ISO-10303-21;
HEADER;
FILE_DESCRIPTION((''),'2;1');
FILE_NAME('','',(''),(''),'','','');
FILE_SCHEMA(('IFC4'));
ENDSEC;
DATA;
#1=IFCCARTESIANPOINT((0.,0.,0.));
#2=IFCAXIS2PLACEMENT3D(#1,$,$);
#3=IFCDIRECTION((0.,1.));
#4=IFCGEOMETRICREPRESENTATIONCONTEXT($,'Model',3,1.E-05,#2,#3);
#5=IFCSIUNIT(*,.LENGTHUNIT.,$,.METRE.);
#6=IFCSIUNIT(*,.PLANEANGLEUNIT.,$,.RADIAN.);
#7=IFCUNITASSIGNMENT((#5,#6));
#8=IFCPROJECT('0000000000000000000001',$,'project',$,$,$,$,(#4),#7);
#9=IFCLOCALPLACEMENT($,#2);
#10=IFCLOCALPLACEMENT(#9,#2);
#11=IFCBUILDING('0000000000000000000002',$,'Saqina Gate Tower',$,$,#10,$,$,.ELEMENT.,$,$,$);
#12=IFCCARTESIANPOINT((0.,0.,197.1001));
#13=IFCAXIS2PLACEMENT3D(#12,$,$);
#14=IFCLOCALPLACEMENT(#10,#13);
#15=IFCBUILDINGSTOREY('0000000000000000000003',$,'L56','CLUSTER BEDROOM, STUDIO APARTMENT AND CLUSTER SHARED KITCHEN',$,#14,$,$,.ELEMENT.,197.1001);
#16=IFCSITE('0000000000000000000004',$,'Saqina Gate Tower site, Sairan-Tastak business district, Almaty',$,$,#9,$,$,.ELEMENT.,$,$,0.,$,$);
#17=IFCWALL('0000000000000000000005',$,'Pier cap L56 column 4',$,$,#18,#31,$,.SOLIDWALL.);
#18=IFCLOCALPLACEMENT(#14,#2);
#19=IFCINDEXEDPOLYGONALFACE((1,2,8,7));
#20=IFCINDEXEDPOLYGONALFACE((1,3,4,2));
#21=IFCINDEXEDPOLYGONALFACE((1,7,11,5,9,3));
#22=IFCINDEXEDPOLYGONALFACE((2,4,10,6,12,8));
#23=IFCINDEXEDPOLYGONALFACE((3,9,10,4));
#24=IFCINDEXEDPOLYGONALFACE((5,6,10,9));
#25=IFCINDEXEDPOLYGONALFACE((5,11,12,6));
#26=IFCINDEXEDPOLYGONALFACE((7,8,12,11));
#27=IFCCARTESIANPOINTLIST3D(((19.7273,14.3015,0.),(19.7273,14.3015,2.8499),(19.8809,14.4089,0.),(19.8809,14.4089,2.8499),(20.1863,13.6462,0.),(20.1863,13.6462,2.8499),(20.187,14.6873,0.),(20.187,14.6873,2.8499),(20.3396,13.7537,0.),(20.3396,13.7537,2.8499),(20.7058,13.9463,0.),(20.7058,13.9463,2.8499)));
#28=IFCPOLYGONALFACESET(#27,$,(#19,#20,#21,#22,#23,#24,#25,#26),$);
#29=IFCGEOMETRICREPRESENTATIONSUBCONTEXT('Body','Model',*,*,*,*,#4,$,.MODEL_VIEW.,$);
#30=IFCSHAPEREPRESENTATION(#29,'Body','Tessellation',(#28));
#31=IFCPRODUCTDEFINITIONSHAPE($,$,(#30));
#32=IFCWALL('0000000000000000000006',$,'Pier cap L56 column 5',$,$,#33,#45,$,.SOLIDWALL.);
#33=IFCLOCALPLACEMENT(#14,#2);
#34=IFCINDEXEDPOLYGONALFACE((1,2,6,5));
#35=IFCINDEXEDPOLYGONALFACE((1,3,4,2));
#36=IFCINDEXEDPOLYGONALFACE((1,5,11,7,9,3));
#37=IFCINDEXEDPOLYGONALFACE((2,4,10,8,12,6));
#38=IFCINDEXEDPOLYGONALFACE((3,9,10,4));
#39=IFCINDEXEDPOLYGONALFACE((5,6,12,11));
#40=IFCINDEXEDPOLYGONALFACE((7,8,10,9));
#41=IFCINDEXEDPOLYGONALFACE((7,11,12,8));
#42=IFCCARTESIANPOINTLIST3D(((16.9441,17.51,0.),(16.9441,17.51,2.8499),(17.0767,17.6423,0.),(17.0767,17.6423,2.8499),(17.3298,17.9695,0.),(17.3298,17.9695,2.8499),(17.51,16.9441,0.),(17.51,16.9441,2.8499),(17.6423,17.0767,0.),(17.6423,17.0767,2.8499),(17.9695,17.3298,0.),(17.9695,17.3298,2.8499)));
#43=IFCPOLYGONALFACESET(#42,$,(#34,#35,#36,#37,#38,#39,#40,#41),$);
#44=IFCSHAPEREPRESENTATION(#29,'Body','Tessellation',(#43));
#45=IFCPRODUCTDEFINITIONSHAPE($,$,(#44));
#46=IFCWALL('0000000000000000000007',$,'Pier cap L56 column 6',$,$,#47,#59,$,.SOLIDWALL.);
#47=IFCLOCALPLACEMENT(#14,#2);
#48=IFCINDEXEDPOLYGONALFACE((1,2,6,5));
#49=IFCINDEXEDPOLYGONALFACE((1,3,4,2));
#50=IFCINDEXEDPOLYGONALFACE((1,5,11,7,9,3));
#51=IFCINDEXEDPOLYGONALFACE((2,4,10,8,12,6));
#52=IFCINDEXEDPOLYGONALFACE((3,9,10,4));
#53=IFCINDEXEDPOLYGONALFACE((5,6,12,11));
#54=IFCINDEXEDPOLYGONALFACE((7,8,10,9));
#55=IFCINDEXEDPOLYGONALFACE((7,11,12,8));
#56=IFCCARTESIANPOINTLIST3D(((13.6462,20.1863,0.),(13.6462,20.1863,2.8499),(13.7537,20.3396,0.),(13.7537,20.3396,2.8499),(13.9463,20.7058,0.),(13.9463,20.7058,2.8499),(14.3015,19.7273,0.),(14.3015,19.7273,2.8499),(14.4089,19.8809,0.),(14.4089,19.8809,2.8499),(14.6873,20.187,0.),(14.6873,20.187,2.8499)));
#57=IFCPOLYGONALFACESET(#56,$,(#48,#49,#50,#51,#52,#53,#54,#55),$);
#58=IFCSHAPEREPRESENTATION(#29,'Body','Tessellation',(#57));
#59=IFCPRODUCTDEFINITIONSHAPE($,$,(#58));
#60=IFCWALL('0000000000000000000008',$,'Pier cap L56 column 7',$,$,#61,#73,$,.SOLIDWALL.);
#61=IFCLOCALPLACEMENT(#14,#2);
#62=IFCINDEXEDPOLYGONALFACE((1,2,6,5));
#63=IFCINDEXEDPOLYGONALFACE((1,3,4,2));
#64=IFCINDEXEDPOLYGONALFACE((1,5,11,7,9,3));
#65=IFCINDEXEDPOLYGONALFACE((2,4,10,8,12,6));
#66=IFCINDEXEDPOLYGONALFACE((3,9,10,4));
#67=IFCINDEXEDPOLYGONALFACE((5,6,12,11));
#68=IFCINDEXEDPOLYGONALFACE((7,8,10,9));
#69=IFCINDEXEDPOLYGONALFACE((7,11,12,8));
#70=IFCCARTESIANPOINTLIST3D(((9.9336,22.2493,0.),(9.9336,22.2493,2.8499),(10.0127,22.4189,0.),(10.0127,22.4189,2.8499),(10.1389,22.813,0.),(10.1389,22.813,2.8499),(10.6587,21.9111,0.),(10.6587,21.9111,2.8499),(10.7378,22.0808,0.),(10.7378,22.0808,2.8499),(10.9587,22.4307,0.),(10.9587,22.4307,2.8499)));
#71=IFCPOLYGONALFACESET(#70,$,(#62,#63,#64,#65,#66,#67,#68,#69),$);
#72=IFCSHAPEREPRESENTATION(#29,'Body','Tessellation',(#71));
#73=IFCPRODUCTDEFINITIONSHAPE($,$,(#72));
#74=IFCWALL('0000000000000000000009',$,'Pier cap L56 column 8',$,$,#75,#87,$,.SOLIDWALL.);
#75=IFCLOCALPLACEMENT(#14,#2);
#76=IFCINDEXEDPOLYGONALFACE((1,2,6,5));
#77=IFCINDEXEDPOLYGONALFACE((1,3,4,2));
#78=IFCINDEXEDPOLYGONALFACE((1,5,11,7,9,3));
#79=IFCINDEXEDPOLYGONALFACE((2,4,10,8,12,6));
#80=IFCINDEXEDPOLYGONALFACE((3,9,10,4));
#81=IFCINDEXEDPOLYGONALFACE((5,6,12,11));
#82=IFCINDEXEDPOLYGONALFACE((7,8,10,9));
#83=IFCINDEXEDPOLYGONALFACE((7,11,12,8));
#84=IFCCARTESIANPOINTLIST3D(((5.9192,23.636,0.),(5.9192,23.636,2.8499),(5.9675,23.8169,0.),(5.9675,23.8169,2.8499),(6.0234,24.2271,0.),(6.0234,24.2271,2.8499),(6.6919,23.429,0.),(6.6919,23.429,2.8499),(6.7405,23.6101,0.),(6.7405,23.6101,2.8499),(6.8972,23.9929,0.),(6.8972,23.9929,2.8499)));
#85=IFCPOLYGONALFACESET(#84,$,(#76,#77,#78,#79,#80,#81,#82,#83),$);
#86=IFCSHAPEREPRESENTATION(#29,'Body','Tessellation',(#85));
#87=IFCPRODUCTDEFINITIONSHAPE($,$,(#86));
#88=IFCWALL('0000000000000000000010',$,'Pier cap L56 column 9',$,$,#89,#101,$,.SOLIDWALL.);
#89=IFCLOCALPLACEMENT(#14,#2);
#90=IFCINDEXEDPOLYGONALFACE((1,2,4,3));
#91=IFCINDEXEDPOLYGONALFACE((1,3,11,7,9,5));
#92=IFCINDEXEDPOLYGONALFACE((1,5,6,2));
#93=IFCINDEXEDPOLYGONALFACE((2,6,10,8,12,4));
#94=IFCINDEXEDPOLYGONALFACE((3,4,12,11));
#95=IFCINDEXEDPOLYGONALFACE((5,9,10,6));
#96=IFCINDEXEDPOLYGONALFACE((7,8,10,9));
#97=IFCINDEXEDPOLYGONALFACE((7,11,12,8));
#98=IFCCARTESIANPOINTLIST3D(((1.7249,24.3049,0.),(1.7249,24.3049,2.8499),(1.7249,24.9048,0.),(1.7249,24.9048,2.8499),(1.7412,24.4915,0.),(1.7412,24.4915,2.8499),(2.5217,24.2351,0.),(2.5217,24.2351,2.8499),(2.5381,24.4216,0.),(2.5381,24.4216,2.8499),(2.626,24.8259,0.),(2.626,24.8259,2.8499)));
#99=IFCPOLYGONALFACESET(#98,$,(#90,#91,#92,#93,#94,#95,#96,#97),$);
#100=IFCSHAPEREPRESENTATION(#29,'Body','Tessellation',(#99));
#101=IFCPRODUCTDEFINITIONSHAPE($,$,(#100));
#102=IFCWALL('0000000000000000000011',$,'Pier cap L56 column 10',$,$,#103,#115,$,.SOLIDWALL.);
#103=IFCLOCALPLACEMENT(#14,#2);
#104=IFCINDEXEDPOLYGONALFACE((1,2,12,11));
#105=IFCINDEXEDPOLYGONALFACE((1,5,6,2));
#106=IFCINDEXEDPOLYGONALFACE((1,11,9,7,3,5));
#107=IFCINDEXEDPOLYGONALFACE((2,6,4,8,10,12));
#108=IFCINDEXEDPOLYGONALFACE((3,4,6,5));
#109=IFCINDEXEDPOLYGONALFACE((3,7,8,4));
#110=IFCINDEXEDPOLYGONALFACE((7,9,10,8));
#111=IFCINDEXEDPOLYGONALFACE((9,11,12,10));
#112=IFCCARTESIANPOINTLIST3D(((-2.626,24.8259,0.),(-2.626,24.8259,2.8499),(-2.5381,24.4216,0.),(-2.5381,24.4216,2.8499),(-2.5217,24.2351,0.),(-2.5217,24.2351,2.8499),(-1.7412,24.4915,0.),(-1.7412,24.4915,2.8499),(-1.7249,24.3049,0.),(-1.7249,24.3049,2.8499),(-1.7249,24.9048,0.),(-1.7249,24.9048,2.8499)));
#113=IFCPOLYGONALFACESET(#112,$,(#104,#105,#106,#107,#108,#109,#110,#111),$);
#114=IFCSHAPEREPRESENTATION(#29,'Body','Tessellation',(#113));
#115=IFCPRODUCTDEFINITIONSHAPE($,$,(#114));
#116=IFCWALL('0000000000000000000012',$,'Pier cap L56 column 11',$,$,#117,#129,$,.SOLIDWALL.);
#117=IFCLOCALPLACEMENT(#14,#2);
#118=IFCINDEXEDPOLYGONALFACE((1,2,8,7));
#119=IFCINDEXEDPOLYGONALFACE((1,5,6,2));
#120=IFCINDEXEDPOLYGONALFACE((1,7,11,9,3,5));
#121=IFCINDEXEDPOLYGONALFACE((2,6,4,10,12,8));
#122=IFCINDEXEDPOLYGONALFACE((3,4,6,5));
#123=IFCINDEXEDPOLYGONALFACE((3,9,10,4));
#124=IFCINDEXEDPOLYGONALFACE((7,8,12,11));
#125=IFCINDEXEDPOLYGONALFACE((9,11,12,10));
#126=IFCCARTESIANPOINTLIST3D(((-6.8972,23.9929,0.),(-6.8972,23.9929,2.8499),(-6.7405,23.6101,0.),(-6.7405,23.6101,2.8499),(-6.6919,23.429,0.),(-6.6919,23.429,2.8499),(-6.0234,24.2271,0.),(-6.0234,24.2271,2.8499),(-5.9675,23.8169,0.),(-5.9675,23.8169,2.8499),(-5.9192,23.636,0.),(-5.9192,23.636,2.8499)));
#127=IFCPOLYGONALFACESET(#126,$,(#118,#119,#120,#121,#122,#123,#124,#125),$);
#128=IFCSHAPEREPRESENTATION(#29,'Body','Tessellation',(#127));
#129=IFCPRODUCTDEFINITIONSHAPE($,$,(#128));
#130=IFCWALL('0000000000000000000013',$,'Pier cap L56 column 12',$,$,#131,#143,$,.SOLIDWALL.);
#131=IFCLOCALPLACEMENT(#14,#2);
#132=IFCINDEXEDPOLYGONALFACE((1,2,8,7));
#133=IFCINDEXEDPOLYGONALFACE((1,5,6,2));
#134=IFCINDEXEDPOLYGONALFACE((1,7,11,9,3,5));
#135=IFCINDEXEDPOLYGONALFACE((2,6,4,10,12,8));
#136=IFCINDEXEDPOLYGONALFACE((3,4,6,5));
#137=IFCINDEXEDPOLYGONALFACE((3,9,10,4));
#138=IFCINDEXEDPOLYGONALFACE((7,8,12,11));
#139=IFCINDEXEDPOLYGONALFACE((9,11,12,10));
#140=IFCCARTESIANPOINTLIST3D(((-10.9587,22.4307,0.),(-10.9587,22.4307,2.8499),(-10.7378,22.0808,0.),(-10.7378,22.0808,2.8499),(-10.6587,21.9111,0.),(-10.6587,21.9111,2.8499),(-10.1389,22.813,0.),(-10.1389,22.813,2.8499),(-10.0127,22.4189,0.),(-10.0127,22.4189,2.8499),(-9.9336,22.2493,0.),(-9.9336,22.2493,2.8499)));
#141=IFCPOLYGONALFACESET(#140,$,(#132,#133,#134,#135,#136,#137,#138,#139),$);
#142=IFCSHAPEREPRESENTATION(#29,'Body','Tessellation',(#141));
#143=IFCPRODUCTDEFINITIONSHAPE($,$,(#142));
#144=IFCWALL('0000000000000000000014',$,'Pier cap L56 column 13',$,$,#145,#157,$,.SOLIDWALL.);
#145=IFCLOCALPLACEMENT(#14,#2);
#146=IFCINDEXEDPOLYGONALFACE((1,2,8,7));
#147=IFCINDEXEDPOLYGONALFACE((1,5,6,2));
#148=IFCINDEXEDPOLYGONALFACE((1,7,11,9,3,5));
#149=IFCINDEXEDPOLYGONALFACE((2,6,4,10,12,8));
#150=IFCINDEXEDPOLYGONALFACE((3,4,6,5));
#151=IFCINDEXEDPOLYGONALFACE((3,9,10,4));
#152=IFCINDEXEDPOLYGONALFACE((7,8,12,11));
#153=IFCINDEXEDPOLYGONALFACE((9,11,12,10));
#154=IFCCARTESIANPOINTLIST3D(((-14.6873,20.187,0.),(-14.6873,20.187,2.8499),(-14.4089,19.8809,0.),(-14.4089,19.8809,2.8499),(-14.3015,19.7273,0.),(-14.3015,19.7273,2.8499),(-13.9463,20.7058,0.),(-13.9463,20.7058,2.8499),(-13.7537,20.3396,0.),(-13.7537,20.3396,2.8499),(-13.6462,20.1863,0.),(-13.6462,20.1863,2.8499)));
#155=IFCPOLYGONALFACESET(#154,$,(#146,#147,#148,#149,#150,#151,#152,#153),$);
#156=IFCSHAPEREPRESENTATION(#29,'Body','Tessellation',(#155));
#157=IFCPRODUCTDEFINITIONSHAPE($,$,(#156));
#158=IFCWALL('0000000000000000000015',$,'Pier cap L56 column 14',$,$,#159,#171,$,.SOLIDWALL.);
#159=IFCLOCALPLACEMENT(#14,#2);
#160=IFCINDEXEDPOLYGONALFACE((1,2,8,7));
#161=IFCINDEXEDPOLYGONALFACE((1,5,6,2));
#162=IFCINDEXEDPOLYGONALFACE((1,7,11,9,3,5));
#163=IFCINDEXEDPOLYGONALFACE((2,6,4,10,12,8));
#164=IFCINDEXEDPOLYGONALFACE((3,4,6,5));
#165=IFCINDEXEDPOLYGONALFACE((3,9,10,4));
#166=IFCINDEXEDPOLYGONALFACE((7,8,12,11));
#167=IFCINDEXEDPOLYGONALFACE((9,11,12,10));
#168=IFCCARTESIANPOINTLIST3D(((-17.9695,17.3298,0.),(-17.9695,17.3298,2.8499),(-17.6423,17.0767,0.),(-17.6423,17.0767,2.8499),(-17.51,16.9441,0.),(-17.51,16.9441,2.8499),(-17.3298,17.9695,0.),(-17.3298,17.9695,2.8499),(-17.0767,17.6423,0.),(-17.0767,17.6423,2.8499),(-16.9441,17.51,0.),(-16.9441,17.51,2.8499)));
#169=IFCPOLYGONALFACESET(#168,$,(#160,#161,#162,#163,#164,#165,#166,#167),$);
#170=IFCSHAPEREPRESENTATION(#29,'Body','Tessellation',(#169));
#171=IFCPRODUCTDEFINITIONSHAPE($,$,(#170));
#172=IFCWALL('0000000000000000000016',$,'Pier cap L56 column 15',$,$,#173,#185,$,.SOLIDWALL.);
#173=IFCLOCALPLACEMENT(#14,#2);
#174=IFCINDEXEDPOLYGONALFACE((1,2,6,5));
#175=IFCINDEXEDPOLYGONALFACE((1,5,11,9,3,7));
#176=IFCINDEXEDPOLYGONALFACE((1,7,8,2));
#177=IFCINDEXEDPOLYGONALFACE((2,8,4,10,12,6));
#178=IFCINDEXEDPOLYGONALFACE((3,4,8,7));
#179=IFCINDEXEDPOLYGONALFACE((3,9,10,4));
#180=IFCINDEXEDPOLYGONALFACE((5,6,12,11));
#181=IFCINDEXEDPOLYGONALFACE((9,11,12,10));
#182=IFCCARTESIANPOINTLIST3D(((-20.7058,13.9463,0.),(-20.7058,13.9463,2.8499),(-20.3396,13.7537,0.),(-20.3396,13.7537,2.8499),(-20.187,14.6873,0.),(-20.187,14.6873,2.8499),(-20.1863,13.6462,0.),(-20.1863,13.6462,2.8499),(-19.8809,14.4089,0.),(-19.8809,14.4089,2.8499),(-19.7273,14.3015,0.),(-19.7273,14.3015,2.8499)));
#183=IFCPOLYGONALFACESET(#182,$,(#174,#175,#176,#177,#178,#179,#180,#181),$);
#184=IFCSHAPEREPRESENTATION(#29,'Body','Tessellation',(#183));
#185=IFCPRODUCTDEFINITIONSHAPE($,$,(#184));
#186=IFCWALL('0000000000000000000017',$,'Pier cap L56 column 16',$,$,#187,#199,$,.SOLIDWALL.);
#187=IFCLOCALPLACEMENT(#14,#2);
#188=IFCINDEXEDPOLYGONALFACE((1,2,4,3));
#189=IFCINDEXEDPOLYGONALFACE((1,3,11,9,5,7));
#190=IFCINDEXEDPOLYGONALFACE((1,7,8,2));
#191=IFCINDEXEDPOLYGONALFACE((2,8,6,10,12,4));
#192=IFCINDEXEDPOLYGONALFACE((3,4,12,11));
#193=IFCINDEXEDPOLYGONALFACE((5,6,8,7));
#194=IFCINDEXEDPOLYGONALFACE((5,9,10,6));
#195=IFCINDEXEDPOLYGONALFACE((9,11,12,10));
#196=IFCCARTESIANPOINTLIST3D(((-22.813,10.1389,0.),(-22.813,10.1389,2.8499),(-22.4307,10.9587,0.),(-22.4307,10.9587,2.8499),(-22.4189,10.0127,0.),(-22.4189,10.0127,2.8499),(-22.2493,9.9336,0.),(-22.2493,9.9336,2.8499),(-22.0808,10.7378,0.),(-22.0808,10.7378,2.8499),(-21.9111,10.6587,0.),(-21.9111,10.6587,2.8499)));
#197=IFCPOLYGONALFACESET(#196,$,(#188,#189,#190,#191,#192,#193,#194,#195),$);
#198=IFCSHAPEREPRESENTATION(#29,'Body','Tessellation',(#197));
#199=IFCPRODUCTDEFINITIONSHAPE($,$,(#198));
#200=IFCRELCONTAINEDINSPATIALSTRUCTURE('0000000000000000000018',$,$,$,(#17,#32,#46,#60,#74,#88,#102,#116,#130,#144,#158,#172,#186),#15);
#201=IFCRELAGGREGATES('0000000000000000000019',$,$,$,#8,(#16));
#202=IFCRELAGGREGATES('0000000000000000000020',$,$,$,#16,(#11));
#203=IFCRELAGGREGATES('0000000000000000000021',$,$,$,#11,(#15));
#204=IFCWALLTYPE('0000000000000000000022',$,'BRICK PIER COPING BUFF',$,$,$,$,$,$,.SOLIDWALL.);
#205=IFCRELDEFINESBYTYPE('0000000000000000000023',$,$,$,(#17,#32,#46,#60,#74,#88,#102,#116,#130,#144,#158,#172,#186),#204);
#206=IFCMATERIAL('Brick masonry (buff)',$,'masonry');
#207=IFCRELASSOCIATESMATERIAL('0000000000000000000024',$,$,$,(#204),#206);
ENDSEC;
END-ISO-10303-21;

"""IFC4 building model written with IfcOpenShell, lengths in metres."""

from ifc_helpers import new_model, si_unit, direction, frame, origin, place, context, subcontext, project, spatial, polyline, outline, extrude, material, type_object, element, save


model = new_model("IFC4")

# Units and contexts
model_context = context("Model", 3, precision=1e-05, world=origin(), true_north=direction((0.0, 1.0)))
body_context = subcontext(model_context, "Body", "Model", "MODEL_VIEW")
ifc_project = project(units=[si_unit("LENGTHUNIT", "METRE"), si_unit("PLANEANGLEUNIT", "RADIAN")], contexts=[model_context])

# Site, building, storey
site_placement = place(None, origin())
site = spatial("IfcSite", under=ifc_project, at=site_placement, Name="Saqina Gate Tower site, Sairan-Tastak business district, Almaty", CompositionType="ELEMENT", RefElevation=0.0)
building_placement = place(site_placement, origin())
building = spatial("IfcBuilding", under=site, at=building_placement, Name="Saqina Gate Tower", CompositionType="ELEMENT")
storey_placement = place(building_placement, frame((0.0, 0.0, 197.1001)))
storey = spatial("IfcBuildingStorey", under=building, at=storey_placement, Name="L56", Description="CLUSTER BEDROOM, STUDIO APARTMENT AND CLUSTER SHARED KITCHEN", CompositionType="ELEMENT", Elevation=197.1001)

# Walls
ifc_material = material(Name="Brick masonry (buff)", Category="masonry")
wall_type = type_object("IfcWallType", Name="BRICK PIER COPING BUFF", PredefinedType="SOLIDWALL", material=ifc_material)
wall_1_placement = place(storey_placement, origin())
element("IfcWall", 1, at=wall_1_placement, inside=storey, type_object=wall_type, Name="Pier cap L56 column 4", PredefinedType="SOLIDWALL", context=body_context, shape_type="SweptSolid", body=[
    extrude(outline(polyline([(20.7058, 13.9463), (20.187, 14.6873), (19.7273, 14.3015), (19.8809, 14.4089), (20.3396, 13.7537), (20.1863, 13.6462), (20.7058, 13.9463)])), origin(), (0.0, 0.0, 1.0), 2.8499),
])
wall_2_placement = place(storey_placement, origin())
element("IfcWall", 2, at=wall_2_placement, inside=storey, type_object=wall_type, Name="Pier cap L56 column 5", PredefinedType="SOLIDWALL", context=body_context, shape_type="SweptSolid", body=[
    extrude(outline(polyline([(17.3298, 17.9695), (16.9441, 17.51), (17.0767, 17.6423), (17.6423, 17.0767), (17.51, 16.9441), (17.9695, 17.3298), (17.3298, 17.9695)])), origin(), (0.0, 0.0, 1.0), 2.8499),
])
wall_3_placement = place(storey_placement, origin())
element("IfcWall", 3, at=wall_3_placement, inside=storey, type_object=wall_type, Name="Pier cap L56 column 6", PredefinedType="SOLIDWALL", context=body_context, shape_type="SweptSolid", body=[
    extrude(outline(polyline([(14.6873, 20.187), (13.9463, 20.7058), (13.6462, 20.1863), (13.7537, 20.3396), (14.4089, 19.8809), (14.3015, 19.7273), (14.6873, 20.187)])), origin(), (0.0, 0.0, 1.0), 2.8499),
])
wall_4_placement = place(storey_placement, origin())
element("IfcWall", 4, at=wall_4_placement, inside=storey, type_object=wall_type, Name="Pier cap L56 column 7", PredefinedType="SOLIDWALL", context=body_context, shape_type="SweptSolid", body=[
    extrude(outline(polyline([(10.1389, 22.813), (9.9336, 22.2493), (10.0127, 22.4189), (10.7378, 22.0808), (10.6587, 21.9111), (10.9587, 22.4307), (10.1389, 22.813)])), origin(), (0.0, 0.0, 1.0), 2.8499),
])
wall_5_placement = place(storey_placement, origin())
element("IfcWall", 5, at=wall_5_placement, inside=storey, type_object=wall_type, Name="Pier cap L56 column 8", PredefinedType="SOLIDWALL", context=body_context, shape_type="SweptSolid", body=[
    extrude(outline(polyline([(6.0234, 24.2271), (5.9192, 23.636), (5.9675, 23.8169), (6.7405, 23.6101), (6.6919, 23.429), (6.8972, 23.9929), (6.0234, 24.2271)])), origin(), (0.0, 0.0, 1.0), 2.8499),
])
wall_6_placement = place(storey_placement, origin())
element("IfcWall", 6, at=wall_6_placement, inside=storey, type_object=wall_type, Name="Pier cap L56 column 9", PredefinedType="SOLIDWALL", context=body_context, shape_type="SweptSolid", body=[
    extrude(outline(polyline([(2.626, 24.8259), (1.7249, 24.9048), (1.7249, 24.3049), (1.7412, 24.4915), (2.5381, 24.4216), (2.5217, 24.2351), (2.626, 24.8259)])), origin(), (0.0, 0.0, 1.0), 2.8499),
])
wall_7_placement = place(storey_placement, origin())
element("IfcWall", 7, at=wall_7_placement, inside=storey, type_object=wall_type, Name="Pier cap L56 column 10", PredefinedType="SOLIDWALL", context=body_context, shape_type="SweptSolid", body=[
    extrude(outline(polyline([(-1.7249, 24.9048), (-2.626, 24.8259), (-2.5217, 24.2351), (-2.5381, 24.4216), (-1.7412, 24.4915), (-1.7249, 24.3049), (-1.7249, 24.9048)])), origin(), (0.0, 0.0, 1.0), 2.8499),
])
wall_8_placement = place(storey_placement, origin())
element("IfcWall", 8, at=wall_8_placement, inside=storey, type_object=wall_type, Name="Pier cap L56 column 11", PredefinedType="SOLIDWALL", context=body_context, shape_type="SweptSolid", body=[
    extrude(outline(polyline([(-6.0234, 24.2271), (-6.8972, 23.9929), (-6.6919, 23.429), (-6.7405, 23.6101), (-5.9675, 23.8169), (-5.9192, 23.636), (-6.0234, 24.2271)])), origin(), (0.0, 0.0, 1.0), 2.8499),
])
wall_9_placement = place(storey_placement, origin())
element("IfcWall", 9, at=wall_9_placement, inside=storey, type_object=wall_type, Name="Pier cap L56 column 12", PredefinedType="SOLIDWALL", context=body_context, shape_type="SweptSolid", body=[
    extrude(outline(polyline([(-10.9587, 22.4307), (-10.6587, 21.9111), (-10.7378, 22.0808), (-10.0127, 22.4189), (-9.9336, 22.2493), (-10.1389, 22.813), (-10.9587, 22.4307)])), origin(), (0.0, 0.0, 1.0), 2.8499),
])
wall_10_placement = place(storey_placement, origin())
element("IfcWall", 10, at=wall_10_placement, inside=storey, type_object=wall_type, Name="Pier cap L56 column 13", PredefinedType="SOLIDWALL", context=body_context, shape_type="SweptSolid", body=[
    extrude(outline(polyline([(-13.9463, 20.7058), (-14.6873, 20.187), (-14.3015, 19.7273), (-14.4089, 19.8809), (-13.7537, 20.3396), (-13.6462, 20.1863), (-13.9463, 20.7058)])), origin(), (0.0, 0.0, 1.0), 2.8499),
])
wall_11_placement = place(storey_placement, origin())
element("IfcWall", 11, at=wall_11_placement, inside=storey, type_object=wall_type, Name="Pier cap L56 column 14", PredefinedType="SOLIDWALL", context=body_context, shape_type="SweptSolid", body=[
    extrude(outline(polyline([(-17.9695, 17.3298), (-17.51, 16.9441), (-17.6423, 17.0767), (-17.0767, 17.6423), (-16.9441, 17.51), (-17.3298, 17.9695), (-17.9695, 17.3298)])), origin(), (0.0, 0.0, 1.0), 2.8499),
])
wall_12_placement = place(storey_placement, origin())
element("IfcWall", 12, at=wall_12_placement, inside=storey, type_object=wall_type, Name="Pier cap L56 column 15", PredefinedType="SOLIDWALL", context=body_context, shape_type="SweptSolid", body=[
    extrude(outline(polyline([(-20.187, 14.6873), (-20.7058, 13.9463), (-20.1863, 13.6462), (-20.3396, 13.7537), (-19.8809, 14.4089), (-19.7273, 14.3015), (-20.187, 14.6873)])), origin(), (0.0, 0.0, 1.0), 2.8499),
])
wall_13_placement = place(storey_placement, origin())
element("IfcWall", 13, at=wall_13_placement, inside=storey, type_object=wall_type, Name="Pier cap L56 column 16", PredefinedType="SOLIDWALL", context=body_context, shape_type="SweptSolid", body=[
    extrude(outline(polyline([(-22.813, 10.1389), (-22.2493, 9.9336), (-22.4189, 10.0127), (-22.0808, 10.7378), (-21.9111, 10.6587), (-22.4307, 10.9587), (-22.813, 10.1389)])), origin(), (0.0, 0.0, 1.0), 2.8499),
])

save(model, "model.ifc")
